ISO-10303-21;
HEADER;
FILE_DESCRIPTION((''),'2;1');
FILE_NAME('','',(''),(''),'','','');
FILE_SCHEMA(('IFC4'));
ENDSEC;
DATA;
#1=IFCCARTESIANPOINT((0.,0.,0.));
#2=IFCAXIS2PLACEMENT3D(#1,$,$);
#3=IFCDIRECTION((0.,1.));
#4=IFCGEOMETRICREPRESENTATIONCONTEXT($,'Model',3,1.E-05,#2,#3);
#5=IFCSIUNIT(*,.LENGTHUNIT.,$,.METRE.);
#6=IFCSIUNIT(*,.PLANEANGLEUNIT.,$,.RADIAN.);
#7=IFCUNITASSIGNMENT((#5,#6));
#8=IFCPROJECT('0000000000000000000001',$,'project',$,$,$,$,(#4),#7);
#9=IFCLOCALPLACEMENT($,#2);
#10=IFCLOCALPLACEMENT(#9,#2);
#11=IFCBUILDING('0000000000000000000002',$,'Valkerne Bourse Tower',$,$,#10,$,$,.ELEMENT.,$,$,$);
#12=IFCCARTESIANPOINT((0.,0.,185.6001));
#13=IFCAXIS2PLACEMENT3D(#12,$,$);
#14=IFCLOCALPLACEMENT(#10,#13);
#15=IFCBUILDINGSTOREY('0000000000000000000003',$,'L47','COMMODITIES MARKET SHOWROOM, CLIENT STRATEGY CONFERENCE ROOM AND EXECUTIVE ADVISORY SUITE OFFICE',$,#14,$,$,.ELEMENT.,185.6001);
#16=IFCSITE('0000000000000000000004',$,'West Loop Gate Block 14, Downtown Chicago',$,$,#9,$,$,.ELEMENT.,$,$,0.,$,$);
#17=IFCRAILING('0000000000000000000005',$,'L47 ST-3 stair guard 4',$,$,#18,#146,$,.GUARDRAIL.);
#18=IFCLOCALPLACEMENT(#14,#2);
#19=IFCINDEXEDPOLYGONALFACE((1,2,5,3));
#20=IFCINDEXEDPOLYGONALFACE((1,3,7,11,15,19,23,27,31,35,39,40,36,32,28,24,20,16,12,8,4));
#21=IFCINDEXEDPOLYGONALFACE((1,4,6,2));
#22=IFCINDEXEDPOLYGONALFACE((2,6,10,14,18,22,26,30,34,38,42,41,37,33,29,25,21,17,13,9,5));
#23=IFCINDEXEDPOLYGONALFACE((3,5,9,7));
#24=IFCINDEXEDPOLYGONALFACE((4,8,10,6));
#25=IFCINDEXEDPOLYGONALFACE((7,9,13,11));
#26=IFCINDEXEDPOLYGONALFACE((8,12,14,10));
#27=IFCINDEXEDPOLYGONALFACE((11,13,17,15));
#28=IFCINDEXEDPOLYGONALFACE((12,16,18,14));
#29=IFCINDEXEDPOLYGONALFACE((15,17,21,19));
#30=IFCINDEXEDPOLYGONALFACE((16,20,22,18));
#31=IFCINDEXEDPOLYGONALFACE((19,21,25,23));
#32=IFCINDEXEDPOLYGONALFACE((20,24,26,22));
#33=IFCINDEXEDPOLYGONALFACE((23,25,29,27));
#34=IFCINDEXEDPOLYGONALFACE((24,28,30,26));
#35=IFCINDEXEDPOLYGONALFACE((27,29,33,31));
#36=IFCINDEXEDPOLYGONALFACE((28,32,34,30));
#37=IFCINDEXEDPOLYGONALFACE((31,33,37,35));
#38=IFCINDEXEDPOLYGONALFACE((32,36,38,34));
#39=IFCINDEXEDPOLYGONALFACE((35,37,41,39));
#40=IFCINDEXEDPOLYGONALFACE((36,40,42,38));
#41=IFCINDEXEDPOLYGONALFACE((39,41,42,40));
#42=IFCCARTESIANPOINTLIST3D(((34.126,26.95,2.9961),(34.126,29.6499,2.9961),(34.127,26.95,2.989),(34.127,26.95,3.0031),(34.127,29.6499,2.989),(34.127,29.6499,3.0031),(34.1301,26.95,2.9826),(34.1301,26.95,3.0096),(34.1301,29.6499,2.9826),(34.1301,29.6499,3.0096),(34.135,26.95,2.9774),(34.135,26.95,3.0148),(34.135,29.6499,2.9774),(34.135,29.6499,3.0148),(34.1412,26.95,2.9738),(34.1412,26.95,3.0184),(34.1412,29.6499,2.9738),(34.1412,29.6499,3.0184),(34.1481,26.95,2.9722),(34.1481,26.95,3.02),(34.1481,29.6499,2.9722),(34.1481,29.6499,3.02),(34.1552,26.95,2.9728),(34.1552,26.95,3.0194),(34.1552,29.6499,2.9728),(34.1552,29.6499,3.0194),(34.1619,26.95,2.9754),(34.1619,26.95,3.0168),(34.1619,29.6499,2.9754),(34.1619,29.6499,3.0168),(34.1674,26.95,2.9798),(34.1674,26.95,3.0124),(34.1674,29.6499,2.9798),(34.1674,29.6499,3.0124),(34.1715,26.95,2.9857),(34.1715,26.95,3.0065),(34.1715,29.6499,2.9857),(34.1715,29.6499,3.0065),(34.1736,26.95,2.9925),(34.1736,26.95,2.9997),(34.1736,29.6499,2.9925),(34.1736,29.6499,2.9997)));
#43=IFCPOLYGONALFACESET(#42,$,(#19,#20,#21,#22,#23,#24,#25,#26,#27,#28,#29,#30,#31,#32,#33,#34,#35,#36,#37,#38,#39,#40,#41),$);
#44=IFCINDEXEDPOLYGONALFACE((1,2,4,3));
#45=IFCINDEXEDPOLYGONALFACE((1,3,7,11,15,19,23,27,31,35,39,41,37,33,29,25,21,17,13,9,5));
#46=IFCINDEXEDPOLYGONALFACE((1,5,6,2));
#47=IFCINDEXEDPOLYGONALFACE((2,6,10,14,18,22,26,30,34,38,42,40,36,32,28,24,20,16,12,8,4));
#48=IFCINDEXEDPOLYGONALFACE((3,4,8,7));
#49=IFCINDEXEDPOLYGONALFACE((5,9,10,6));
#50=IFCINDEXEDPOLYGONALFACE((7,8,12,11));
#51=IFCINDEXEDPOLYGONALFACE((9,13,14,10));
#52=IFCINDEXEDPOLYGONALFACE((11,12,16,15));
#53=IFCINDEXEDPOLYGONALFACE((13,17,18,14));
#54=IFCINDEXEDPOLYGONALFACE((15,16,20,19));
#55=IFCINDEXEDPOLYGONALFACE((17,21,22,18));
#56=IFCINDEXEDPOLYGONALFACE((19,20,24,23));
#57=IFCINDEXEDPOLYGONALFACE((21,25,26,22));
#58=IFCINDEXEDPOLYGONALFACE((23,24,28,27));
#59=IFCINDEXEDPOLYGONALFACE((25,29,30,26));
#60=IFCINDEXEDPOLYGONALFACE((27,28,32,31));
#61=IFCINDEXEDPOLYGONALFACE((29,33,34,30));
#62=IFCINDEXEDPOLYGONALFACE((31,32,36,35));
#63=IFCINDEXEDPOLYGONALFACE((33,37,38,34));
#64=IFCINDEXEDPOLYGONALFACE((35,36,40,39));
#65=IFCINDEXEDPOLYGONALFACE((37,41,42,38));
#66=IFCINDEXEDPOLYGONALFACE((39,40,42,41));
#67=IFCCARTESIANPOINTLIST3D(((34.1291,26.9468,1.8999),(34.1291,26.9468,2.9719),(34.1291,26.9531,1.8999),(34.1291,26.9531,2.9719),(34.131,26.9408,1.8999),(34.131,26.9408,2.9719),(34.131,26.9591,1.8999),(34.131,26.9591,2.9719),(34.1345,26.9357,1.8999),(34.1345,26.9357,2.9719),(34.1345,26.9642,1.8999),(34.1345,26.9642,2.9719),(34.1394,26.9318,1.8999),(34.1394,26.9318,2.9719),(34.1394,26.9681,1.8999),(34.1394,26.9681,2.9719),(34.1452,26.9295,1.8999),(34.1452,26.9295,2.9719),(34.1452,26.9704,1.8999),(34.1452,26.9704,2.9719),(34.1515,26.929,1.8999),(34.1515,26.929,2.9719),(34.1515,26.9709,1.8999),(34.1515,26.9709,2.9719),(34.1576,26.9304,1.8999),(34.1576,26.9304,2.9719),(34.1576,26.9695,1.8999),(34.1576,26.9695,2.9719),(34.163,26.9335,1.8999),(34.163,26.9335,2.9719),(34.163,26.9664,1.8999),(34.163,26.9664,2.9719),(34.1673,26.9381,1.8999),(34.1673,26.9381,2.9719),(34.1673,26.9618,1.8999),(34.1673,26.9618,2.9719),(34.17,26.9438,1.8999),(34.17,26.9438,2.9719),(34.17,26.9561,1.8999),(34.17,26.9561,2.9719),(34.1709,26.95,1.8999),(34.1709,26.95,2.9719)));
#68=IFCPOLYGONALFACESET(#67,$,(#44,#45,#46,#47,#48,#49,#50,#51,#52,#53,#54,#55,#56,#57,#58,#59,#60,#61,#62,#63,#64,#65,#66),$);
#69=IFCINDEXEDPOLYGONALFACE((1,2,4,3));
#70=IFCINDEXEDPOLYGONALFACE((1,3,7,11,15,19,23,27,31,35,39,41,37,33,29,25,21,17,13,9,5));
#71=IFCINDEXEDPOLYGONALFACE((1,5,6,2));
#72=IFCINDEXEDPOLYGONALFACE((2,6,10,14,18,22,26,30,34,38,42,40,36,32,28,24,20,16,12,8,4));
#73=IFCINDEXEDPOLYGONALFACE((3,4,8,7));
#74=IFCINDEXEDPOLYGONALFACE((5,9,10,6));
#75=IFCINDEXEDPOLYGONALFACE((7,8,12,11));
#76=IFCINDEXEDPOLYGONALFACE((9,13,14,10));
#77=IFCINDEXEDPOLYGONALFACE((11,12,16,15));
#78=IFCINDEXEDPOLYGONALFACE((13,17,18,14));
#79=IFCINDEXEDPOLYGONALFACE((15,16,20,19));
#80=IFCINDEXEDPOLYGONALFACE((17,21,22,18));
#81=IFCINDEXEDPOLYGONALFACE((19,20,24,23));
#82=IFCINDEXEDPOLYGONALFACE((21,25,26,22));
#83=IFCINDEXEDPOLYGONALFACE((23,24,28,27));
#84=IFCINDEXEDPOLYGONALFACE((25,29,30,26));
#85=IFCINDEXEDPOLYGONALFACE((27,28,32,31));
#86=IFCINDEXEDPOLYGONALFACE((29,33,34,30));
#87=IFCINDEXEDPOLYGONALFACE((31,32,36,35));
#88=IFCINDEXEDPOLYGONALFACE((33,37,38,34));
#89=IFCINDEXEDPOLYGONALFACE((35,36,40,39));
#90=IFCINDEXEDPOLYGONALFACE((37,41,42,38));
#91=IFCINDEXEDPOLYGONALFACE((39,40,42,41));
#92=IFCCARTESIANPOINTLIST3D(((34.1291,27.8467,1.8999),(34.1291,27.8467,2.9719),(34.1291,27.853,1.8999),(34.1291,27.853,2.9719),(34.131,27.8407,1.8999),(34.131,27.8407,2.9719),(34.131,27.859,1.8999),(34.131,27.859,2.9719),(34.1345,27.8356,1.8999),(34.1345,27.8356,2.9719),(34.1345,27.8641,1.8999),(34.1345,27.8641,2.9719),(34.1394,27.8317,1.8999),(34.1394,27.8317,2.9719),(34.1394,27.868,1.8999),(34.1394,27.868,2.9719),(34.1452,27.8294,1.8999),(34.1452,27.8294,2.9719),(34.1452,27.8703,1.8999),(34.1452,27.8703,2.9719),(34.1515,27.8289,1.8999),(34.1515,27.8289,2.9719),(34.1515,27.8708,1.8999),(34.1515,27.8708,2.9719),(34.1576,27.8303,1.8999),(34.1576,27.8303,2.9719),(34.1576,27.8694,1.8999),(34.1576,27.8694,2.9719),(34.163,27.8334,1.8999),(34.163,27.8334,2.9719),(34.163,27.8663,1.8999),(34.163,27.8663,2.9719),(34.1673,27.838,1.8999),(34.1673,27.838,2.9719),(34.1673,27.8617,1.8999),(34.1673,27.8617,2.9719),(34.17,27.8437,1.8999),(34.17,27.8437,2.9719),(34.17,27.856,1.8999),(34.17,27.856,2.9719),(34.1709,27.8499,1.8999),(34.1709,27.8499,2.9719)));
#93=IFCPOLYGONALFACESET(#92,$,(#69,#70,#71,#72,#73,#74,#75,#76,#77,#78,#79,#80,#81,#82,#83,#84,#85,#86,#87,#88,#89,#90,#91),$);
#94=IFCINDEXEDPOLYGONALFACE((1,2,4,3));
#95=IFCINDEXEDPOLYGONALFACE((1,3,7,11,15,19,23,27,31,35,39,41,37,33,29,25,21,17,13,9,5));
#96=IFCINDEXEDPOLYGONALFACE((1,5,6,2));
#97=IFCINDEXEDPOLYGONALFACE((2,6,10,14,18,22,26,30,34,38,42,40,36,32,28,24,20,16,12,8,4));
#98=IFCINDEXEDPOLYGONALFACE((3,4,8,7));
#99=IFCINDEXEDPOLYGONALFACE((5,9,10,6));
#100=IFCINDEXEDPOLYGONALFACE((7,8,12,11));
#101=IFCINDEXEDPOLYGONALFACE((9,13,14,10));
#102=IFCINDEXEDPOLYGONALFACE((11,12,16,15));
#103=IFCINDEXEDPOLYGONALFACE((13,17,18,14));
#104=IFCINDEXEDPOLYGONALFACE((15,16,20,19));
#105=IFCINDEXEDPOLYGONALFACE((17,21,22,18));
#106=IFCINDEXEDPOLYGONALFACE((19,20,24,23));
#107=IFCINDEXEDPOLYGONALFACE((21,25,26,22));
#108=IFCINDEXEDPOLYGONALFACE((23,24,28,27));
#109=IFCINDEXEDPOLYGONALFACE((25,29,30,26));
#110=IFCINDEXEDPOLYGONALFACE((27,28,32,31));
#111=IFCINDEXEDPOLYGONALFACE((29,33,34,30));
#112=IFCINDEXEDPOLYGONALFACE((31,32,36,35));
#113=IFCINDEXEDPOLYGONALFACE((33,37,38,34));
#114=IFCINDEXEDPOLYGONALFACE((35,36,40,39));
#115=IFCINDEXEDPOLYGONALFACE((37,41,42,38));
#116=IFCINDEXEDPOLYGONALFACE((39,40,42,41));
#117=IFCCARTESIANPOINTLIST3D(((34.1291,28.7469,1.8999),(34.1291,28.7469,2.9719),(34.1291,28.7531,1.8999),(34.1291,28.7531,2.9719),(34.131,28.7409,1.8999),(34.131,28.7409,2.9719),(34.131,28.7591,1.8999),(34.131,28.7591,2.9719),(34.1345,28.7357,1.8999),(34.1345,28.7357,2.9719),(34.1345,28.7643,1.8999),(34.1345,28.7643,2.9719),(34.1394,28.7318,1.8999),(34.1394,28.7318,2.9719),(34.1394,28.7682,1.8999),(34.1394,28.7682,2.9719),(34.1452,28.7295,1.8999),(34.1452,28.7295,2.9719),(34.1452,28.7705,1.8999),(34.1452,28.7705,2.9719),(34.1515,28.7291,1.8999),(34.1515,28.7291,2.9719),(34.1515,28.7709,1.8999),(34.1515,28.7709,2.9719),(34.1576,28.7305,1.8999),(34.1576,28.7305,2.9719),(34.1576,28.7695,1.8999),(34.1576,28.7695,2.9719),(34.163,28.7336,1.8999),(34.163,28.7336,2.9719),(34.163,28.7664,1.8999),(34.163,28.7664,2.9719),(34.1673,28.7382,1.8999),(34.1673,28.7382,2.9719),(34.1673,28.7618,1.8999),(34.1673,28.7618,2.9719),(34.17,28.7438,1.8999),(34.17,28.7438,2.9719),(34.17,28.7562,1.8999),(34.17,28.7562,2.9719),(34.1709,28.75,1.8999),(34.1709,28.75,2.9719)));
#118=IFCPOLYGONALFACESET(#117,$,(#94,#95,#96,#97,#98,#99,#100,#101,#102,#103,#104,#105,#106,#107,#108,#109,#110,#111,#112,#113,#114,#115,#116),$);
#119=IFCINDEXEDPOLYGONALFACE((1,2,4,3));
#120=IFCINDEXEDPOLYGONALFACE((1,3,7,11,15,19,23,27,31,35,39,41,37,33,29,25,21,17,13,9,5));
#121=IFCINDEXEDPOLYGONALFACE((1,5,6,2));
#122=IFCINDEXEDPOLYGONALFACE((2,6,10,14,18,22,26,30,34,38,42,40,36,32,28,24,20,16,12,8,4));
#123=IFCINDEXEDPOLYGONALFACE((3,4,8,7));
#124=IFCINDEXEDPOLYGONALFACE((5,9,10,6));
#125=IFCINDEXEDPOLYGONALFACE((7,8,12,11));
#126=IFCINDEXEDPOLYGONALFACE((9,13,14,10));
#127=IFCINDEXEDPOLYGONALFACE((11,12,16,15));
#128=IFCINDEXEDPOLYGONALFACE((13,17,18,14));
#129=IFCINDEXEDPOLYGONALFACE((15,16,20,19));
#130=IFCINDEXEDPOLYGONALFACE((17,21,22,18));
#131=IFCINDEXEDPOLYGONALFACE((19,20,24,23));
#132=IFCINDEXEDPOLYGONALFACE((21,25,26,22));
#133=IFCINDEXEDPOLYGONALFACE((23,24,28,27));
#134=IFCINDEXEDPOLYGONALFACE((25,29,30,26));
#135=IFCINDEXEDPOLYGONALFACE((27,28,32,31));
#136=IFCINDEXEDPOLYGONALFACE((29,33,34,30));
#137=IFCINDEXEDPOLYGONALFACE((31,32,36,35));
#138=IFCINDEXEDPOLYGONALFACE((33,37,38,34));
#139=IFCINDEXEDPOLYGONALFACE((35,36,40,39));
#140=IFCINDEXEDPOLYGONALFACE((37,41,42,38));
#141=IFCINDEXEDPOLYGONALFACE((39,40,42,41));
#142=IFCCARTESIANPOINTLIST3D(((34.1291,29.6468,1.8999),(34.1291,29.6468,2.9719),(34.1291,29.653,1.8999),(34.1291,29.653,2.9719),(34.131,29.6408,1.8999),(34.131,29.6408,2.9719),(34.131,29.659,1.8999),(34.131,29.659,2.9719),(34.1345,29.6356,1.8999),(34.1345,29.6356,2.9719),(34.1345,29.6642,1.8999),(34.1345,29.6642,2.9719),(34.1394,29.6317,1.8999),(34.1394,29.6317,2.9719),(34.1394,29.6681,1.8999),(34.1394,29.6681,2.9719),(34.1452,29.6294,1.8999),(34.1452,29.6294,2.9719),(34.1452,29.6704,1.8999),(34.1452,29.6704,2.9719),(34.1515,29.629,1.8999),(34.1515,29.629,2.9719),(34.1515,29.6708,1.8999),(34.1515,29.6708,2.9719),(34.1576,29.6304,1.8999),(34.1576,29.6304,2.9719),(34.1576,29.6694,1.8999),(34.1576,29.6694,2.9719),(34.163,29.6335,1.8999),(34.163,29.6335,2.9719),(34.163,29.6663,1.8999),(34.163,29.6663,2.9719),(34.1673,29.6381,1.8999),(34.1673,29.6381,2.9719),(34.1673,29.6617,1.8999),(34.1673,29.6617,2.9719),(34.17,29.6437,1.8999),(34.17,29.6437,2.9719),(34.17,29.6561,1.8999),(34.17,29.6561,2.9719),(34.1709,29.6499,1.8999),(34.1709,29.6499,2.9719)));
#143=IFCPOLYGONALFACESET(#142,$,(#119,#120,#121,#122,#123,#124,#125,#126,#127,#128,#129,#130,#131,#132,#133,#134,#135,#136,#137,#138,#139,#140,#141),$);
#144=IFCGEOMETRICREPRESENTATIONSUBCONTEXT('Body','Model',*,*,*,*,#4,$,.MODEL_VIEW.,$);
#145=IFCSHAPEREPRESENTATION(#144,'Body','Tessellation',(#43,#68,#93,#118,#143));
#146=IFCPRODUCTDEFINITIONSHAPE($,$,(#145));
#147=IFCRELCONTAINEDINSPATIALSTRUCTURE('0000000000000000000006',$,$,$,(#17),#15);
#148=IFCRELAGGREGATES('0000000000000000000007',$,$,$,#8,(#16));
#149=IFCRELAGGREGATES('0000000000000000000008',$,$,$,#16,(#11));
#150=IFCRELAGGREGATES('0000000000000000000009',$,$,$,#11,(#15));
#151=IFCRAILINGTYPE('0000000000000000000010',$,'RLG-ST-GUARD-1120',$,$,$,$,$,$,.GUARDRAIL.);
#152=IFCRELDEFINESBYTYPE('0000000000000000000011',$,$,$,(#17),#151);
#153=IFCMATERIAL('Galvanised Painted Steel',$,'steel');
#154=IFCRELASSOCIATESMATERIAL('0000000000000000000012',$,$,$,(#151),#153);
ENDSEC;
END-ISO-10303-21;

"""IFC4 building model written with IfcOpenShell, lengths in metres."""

from ifc_helpers import new_model, si_unit, direction, frame, origin, origin_2d, place, context, subcontext, project, spatial, circle, extrude, material, type_object, element, save


model = new_model("IFC4")

# Units and contexts
model_context = context("Model", 3, precision=1e-05, world=origin(), true_north=direction((0.0, 1.0)))
body_context = subcontext(model_context, "Body", "Model", "MODEL_VIEW")
ifc_project = project(units=[si_unit("LENGTHUNIT", "METRE"), si_unit("PLANEANGLEUNIT", "RADIAN")], contexts=[model_context])

# Site, building, storey
site_placement = place(None, origin())
site = spatial("IfcSite", under=ifc_project, at=site_placement, Name="West Loop Gate Block 14, Downtown Chicago", CompositionType="ELEMENT", RefElevation=0.0)
building_placement = place(site_placement, origin())
building = spatial("IfcBuilding", under=site, at=building_placement, Name="Valkerne Bourse Tower", CompositionType="ELEMENT")
storey_placement = place(building_placement, frame((0.0, 0.0, 185.6001)))
storey = spatial("IfcBuildingStorey", under=building, at=storey_placement, Name="L47", Description="COMMODITIES MARKET SHOWROOM, CLIENT STRATEGY CONFERENCE ROOM AND EXECUTIVE ADVISORY SUITE OFFICE", CompositionType="ELEMENT", Elevation=185.6001)

# Railing
ifc_material_1 = material(Name="Galvanised Painted Steel", Category="steel")
railing_type_1 = type_object("IfcRailingType", Name="RLG-ST-GUARD-1120", PredefinedType="GUARDRAIL", material=ifc_material_1)
for number, where, name in (
    (1, (34.1499, 26.95, 1.8999), "L47 ST-3 stair guard 4"),
):
    element("IfcRailing", number, at=place(storey_placement, frame(where)), inside=storey, type_object=railing_type_1, Name=name, PredefinedType="GUARDRAIL", context=body_context, shape_type="SweptSolid", body=[
        extrude(circle(Radius=0.0239, at=origin_2d()), frame((0.0, 0.0, 1.0962), z_axis=(0.0, 1.0, 0.0), x_axis=(-1.0, 0.0, 0.0)), (0.0, 0.0, 1.0), 2.7),
        extrude(circle(Radius=0.021, at=origin_2d()), origin(), (0.0, 0.0, 1.0), 1.072),
        extrude(circle(Radius=0.021, at=origin_2d()), frame((0.0, 0.8999, 0.0)), (0.0, 0.0, 1.0), 1.072),
        extrude(circle(Radius=0.021, at=origin_2d()), frame((0.0, 1.8, 0.0)), (0.0, 0.0, 1.0), 1.072),
        extrude(circle(Radius=0.021, at=origin_2d()), frame((0.0, 2.7, 0.0)), (0.0, 0.0, 1.0), 1.072),
    ])

save(model, "model.ifc")
